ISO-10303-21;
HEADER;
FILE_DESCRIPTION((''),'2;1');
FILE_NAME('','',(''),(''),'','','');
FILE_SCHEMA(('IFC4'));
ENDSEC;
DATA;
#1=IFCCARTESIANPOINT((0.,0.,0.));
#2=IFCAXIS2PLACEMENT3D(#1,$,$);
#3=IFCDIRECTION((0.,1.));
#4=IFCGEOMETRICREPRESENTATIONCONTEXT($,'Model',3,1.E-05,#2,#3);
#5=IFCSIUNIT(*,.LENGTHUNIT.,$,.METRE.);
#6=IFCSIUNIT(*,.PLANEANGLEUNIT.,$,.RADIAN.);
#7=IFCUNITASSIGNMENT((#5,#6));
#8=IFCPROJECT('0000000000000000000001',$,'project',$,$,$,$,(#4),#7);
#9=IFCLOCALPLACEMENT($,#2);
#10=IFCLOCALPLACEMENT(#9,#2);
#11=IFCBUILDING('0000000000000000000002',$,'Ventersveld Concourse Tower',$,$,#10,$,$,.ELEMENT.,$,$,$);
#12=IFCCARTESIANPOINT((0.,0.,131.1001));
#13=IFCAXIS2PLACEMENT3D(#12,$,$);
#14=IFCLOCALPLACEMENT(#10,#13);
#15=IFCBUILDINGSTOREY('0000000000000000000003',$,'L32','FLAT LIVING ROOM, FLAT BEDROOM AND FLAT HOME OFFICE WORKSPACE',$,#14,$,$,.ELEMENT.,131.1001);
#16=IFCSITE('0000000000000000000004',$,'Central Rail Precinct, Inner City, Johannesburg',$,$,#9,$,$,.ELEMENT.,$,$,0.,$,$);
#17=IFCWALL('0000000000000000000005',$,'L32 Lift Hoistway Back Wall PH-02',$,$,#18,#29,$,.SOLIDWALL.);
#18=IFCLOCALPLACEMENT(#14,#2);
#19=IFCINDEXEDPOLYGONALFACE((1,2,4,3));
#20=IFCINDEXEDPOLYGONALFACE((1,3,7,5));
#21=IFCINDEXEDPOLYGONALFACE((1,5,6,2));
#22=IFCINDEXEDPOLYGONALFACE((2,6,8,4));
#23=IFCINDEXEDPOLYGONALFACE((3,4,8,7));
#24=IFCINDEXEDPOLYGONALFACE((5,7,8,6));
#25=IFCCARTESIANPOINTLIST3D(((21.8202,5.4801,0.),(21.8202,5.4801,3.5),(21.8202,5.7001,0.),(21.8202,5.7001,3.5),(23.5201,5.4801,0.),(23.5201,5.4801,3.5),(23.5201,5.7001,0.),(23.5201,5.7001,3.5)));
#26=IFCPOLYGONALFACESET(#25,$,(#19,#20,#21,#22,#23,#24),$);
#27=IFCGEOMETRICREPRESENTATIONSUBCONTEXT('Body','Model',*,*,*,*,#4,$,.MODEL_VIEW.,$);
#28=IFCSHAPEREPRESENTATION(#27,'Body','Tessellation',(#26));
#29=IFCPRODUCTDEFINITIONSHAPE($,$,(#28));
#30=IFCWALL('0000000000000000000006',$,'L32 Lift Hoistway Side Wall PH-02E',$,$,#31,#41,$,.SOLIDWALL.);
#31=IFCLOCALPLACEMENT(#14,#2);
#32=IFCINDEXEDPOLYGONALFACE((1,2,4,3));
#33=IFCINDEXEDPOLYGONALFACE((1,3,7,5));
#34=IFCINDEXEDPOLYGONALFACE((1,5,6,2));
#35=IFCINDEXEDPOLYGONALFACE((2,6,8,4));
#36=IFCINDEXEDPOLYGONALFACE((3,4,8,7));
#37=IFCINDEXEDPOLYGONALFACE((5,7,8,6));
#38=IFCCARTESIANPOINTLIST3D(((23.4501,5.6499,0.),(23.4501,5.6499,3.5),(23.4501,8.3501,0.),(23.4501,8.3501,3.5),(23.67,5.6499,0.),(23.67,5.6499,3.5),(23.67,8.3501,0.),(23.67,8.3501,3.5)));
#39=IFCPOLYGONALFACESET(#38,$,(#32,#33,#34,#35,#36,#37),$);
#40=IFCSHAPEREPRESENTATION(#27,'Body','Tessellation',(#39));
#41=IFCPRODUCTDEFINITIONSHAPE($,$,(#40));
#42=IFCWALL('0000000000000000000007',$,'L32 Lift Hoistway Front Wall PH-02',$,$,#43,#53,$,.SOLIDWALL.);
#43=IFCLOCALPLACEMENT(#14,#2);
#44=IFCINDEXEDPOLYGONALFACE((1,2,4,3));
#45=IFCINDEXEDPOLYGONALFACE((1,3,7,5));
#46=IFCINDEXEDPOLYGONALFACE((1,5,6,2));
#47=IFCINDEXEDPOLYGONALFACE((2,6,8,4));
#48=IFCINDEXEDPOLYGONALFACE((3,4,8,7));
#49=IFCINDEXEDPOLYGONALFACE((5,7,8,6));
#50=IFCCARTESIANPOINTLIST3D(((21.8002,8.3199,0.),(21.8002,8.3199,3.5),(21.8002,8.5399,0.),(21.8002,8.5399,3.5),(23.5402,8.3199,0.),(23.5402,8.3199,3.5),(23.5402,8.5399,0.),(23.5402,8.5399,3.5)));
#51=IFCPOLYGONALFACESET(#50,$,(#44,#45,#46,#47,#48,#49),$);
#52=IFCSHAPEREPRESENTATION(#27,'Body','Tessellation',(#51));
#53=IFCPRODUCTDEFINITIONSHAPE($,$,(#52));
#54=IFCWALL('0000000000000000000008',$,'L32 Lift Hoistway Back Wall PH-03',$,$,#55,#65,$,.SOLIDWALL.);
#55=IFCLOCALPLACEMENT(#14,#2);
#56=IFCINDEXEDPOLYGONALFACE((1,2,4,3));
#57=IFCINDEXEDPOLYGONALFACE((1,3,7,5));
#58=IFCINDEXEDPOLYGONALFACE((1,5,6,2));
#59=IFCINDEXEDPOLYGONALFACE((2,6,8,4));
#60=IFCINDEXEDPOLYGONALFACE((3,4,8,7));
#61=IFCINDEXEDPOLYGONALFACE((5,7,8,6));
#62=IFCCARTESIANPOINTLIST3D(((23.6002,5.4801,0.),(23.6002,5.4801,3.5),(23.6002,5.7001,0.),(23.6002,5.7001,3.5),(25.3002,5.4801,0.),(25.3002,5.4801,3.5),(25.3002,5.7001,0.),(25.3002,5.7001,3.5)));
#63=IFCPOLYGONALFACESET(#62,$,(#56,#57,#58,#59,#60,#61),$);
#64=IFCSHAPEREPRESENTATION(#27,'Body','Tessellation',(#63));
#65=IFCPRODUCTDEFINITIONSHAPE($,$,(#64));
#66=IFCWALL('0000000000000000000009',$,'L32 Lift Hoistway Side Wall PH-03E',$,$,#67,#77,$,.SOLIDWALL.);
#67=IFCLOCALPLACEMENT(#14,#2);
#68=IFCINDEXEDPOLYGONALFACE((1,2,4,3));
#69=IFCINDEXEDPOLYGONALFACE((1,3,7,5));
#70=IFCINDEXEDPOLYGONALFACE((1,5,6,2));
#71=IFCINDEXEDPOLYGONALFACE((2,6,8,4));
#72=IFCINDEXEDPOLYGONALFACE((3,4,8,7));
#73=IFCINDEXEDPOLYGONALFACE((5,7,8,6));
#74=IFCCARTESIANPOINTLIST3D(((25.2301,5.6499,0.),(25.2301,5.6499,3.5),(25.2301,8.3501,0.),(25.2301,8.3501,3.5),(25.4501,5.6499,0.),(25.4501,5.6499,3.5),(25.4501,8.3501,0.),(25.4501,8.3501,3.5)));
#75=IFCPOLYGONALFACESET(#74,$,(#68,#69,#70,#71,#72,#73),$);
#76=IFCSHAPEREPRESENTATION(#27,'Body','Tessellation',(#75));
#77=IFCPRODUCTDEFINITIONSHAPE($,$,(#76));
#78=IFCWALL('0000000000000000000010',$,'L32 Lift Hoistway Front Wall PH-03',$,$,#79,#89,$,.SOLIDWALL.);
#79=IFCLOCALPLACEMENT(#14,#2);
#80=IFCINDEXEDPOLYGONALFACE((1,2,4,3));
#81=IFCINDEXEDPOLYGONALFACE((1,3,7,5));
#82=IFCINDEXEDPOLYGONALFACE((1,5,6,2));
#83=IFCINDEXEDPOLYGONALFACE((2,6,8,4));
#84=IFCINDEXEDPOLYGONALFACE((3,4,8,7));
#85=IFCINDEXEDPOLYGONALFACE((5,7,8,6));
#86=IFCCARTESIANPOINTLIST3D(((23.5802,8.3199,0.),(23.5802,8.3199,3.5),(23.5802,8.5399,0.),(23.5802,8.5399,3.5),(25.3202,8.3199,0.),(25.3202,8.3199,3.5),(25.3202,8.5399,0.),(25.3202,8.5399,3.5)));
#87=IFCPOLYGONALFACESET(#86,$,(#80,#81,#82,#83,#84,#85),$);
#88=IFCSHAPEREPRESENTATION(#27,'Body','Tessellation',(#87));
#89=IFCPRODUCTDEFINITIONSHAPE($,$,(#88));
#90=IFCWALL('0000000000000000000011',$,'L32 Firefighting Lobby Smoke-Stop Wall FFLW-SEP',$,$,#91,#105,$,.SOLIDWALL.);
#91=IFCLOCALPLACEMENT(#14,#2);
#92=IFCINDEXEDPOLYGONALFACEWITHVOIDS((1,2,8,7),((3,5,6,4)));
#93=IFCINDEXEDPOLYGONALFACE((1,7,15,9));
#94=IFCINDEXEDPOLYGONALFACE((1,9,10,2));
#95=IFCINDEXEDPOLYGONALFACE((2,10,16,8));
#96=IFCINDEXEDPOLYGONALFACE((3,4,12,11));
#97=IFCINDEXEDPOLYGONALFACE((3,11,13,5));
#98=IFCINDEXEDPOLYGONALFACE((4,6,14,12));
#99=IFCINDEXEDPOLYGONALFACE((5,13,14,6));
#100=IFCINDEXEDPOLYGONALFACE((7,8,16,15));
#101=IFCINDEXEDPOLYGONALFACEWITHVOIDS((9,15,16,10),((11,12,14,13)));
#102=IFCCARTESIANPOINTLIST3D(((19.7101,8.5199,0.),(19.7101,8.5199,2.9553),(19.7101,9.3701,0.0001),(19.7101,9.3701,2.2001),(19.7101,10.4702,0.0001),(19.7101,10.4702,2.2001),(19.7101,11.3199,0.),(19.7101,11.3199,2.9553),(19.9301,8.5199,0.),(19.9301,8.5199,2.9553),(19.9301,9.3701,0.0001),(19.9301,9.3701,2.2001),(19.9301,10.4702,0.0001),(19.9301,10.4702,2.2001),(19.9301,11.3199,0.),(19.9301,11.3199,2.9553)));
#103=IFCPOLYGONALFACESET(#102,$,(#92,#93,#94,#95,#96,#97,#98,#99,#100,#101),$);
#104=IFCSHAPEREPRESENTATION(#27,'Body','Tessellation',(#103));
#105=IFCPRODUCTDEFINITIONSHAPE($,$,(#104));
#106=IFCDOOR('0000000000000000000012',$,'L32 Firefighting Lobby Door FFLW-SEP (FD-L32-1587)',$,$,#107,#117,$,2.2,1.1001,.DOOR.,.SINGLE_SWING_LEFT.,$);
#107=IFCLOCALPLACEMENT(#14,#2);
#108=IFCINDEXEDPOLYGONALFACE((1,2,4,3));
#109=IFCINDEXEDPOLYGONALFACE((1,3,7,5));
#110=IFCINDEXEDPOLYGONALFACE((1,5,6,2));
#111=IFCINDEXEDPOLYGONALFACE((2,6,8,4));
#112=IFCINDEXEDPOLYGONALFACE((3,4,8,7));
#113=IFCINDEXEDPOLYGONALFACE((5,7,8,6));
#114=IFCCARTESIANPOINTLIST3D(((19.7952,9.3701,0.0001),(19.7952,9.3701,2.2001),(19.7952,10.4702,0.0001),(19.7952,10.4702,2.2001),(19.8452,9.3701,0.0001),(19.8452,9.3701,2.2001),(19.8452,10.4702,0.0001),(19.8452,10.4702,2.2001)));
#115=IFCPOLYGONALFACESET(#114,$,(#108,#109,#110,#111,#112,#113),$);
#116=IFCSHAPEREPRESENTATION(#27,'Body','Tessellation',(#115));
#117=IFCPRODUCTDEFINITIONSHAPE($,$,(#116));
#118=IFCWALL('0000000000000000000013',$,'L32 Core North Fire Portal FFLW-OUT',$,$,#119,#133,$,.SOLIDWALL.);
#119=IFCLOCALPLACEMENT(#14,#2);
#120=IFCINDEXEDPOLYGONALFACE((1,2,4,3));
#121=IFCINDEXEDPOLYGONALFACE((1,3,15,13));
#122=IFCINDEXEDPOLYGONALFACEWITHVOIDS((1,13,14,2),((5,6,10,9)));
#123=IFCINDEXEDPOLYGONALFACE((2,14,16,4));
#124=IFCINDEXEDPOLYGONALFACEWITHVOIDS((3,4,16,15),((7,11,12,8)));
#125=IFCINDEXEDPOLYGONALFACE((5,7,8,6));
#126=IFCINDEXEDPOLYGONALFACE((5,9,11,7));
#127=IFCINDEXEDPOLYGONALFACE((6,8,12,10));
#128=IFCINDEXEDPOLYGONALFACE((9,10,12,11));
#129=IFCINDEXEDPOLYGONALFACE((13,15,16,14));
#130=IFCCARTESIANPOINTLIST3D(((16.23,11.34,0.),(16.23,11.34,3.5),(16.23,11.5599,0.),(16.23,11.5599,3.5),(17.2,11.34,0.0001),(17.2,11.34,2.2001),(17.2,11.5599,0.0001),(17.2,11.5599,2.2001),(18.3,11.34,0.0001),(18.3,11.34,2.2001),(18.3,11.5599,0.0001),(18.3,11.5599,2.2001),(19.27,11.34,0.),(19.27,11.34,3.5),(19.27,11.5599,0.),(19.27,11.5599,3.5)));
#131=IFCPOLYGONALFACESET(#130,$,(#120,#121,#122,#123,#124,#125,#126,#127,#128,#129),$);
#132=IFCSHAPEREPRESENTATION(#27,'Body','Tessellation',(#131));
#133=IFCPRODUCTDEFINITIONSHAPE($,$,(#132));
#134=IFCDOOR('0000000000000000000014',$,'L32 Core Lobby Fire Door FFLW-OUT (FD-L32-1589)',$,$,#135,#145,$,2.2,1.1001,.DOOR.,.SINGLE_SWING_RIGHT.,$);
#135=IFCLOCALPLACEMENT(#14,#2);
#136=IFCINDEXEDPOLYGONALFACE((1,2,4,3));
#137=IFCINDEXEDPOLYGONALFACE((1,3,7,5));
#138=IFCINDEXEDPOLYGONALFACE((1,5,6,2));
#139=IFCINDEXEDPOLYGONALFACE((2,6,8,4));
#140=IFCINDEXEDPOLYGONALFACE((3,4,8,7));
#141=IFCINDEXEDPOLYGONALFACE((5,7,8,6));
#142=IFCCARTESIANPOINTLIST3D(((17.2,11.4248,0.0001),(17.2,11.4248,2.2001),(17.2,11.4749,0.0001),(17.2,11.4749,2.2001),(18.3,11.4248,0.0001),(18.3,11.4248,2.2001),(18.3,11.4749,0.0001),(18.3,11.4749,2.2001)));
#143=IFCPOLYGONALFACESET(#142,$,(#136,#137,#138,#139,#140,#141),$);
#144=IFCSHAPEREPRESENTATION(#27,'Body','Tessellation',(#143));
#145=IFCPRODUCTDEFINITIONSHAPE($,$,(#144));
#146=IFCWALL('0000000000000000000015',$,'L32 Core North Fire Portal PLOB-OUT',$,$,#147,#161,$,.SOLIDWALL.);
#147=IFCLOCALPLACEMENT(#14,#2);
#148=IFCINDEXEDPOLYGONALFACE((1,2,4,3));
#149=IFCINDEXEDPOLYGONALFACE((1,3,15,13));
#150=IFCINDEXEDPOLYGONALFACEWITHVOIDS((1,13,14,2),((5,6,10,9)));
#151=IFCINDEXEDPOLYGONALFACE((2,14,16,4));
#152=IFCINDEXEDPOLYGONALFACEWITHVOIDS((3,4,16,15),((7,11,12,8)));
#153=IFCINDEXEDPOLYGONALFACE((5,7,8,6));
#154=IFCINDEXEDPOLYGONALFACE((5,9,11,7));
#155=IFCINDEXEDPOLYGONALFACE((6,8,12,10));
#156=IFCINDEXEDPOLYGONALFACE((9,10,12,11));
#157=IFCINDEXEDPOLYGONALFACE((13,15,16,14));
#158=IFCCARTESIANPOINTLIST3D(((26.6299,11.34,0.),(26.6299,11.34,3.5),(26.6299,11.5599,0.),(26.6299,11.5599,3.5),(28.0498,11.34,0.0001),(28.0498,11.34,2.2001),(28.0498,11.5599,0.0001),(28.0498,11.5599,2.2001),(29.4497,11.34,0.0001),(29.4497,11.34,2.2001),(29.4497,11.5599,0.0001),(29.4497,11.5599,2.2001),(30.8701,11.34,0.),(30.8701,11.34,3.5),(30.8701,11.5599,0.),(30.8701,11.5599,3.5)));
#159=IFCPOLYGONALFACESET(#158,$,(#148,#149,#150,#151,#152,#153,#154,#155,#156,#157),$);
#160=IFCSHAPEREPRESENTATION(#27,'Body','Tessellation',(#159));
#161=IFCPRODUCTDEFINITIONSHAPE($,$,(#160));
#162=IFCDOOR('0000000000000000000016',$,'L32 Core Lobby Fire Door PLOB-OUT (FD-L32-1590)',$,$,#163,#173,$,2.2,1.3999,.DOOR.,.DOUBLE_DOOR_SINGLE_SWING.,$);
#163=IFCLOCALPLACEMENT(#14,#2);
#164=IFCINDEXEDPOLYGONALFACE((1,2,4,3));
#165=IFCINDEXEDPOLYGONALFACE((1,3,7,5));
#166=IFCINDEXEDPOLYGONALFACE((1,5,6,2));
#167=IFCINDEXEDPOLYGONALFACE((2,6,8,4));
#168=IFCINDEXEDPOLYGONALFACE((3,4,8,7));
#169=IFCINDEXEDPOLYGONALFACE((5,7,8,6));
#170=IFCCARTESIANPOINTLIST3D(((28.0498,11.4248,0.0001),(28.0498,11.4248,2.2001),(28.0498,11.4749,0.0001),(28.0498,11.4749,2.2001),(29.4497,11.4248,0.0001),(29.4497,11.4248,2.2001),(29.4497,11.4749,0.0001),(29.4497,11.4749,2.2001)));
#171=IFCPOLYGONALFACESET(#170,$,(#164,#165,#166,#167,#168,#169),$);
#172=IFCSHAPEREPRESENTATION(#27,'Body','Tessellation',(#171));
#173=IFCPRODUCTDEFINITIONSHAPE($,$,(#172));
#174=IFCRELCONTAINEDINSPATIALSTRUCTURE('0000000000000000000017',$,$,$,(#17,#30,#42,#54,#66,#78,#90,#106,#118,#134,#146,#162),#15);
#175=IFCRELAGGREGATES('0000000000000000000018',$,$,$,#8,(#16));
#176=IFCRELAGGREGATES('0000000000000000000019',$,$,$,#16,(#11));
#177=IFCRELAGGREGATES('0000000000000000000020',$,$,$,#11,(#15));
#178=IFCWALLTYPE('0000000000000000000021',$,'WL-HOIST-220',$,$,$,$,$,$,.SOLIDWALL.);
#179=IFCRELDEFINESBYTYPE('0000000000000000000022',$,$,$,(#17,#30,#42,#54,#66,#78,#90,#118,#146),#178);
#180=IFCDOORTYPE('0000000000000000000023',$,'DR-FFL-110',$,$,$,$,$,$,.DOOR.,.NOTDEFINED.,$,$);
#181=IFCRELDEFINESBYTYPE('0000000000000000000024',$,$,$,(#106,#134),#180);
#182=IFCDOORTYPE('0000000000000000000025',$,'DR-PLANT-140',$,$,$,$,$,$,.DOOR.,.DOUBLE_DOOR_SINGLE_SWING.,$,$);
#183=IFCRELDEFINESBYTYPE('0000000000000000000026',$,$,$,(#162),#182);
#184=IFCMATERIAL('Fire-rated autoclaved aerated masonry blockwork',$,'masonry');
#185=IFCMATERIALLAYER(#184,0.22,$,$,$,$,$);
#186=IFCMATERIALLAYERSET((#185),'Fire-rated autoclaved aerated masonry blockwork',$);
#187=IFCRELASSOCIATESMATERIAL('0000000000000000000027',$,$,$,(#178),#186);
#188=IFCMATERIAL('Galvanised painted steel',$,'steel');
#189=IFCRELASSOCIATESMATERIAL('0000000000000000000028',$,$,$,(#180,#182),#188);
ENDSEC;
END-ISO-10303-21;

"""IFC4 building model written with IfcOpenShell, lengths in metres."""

from ifc_helpers import new_model, si_unit, direction, frame, frame_2d, origin, place, context, subcontext, project, spatial, rectangle, extrude, material, layer, layer_set, type_object, element, fill, save


model = new_model("IFC4")

# Units and contexts
model_context = context("Model", 3, precision=1e-05, world=origin(), true_north=direction((0.0, 1.0)))
body_context = subcontext(model_context, "Body", "Model", "MODEL_VIEW")
ifc_project = project(units=[si_unit("LENGTHUNIT", "METRE"), si_unit("PLANEANGLEUNIT", "RADIAN")], contexts=[model_context])

# Site, building, storey
site_placement = place(None, origin())
site = spatial("IfcSite", under=ifc_project, at=site_placement, Name="Central Rail Precinct, Inner City, Johannesburg", CompositionType="ELEMENT", RefElevation=0.0)
building_placement = place(site_placement, origin())
building = spatial("IfcBuilding", under=site, at=building_placement, Name="Ventersveld Concourse Tower", CompositionType="ELEMENT")
storey_placement = place(building_placement, frame((0.0, 0.0, 131.1001)))
storey = spatial("IfcBuildingStorey", under=building, at=storey_placement, Name="L32", Description="FLAT LIVING ROOM, FLAT BEDROOM AND FLAT HOME OFFICE WORKSPACE", CompositionType="ELEMENT", Elevation=131.1001)

# Shared definitions
ifc_material_1 = material(Name="Fire-rated autoclaved aerated masonry blockwork", Category="masonry")
ifc_layer_1 = layer(ifc_material_1, 0.22)
ifc_layer_set_1 = layer_set([ifc_layer_1], Name="Fire-rated autoclaved aerated masonry blockwork")
wall_type_1 = type_object("IfcWallType", Name="WL-HOIST-220", PredefinedType="SOLIDWALL", material=ifc_layer_set_1)

# Walls
wall_1_placement = place(storey_placement, frame((21.8201, 5.5901, 0.0), z_axis=(0.0, 0.0, 1.0), x_axis=(1.0, 0.0, 0.0)))
element("IfcWall", 1, at=wall_1_placement, inside=storey, type_object=wall_type_1, Name="L32 Lift Hoistway Back Wall PH-02", PredefinedType="SOLIDWALL", context=body_context, shape_type="SweptSolid", body=[
    extrude(rectangle(XDim=1.7, YDim=0.22, at=frame_2d((0.8501, 0.0))), origin(), (0.0, 0.0, 1.0), 3.5),
])
wall_2_placement = place(storey_placement, frame((23.5601, 5.6499, 0.0), z_axis=(0.0, 0.0, 1.0), x_axis=(0.0, 1.0, 0.0)))
element("IfcWall", 2, at=wall_2_placement, inside=storey, type_object=wall_type_1, Name="L32 Lift Hoistway Side Wall PH-02E", PredefinedType="SOLIDWALL", context=body_context, shape_type="SweptSolid", body=[
    extrude(rectangle(XDim=2.7002, YDim=0.22, at=frame_2d((1.3501, 0.0))), origin(), (0.0, 0.0, 1.0), 3.5),
])
wall_3_placement = place(storey_placement, frame((21.8, 8.4299, 0.0), z_axis=(0.0, 0.0, 1.0), x_axis=(1.0, 0.0, 0.0)))
element("IfcWall", 3, at=wall_3_placement, inside=storey, type_object=wall_type_1, Name="L32 Lift Hoistway Front Wall PH-02", PredefinedType="SOLIDWALL", context=body_context, shape_type="SweptSolid", body=[
    extrude(rectangle(XDim=1.74, YDim=0.22, at=frame_2d((0.8701, 0.0))), origin(), (0.0, 0.0, 1.0), 3.5),
])
wall_4_placement = place(storey_placement, frame((23.6001, 5.5901, 0.0), z_axis=(0.0, 0.0, 1.0), x_axis=(1.0, 0.0, 0.0)))
element("IfcWall", 4, at=wall_4_placement, inside=storey, type_object=wall_type_1, Name="L32 Lift Hoistway Back Wall PH-03", PredefinedType="SOLIDWALL", context=body_context, shape_type="SweptSolid", body=[
    extrude(rectangle(XDim=1.7, YDim=0.22, at=frame_2d((0.8501, 0.0))), origin(), (0.0, 0.0, 1.0), 3.5),
])
wall_5_placement = place(storey_placement, frame((25.3401, 5.6499, 0.0), z_axis=(0.0, 0.0, 1.0), x_axis=(0.0, 1.0, 0.0)))
element("IfcWall", 5, at=wall_5_placement, inside=storey, type_object=wall_type_1, Name="L32 Lift Hoistway Side Wall PH-03E", PredefinedType="SOLIDWALL", context=body_context, shape_type="SweptSolid", body=[
    extrude(rectangle(XDim=2.7002, YDim=0.22, at=frame_2d((1.3501, 0.0))), origin(), (0.0, 0.0, 1.0), 3.5),
])
wall_6_placement = place(storey_placement, frame((23.5801, 8.4299, 0.0), z_axis=(0.0, 0.0, 1.0), x_axis=(1.0, 0.0, 0.0)))
element("IfcWall", 6, at=wall_6_placement, inside=storey, type_object=wall_type_1, Name="L32 Lift Hoistway Front Wall PH-03", PredefinedType="SOLIDWALL", context=body_context, shape_type="SweptSolid", body=[
    extrude(rectangle(XDim=1.74, YDim=0.22, at=frame_2d((0.8701, 0.0))), origin(), (0.0, 0.0, 1.0), 3.5),
])

# Walls, openings, doors
wall_7_placement = place(storey_placement, frame((19.8201, 8.52, 0.0), z_axis=(0.0, 0.0, 1.0), x_axis=(0.0, 1.0, 0.0)))
wall_7 = element("IfcWall", 7, at=wall_7_placement, inside=storey, type_object=wall_type_1, Name="L32 Firefighting Lobby Smoke-Stop Wall FFLW-SEP", PredefinedType="SOLIDWALL", context=body_context, shape_type="SweptSolid", body=[
    extrude(rectangle(XDim=2.8, YDim=0.22, at=frame_2d((1.3999, 0.0))), origin(), (0.0, 0.0, 1.0), 2.9553),
])
opening_1_placement = place(wall_7_placement, frame((0.8501, 0.0, 0.0)))
opening_1 = element("IfcOpeningElement", 8, at=opening_1_placement, cuts=wall_7, PredefinedType="OPENING", context=body_context, shape_type="SweptSolid", body=[
    extrude(rectangle(XDim=1.1001, YDim=2.2, at=frame_2d((0.55, 1.1001))), frame((0.0, 0.1201, 0.0), z_axis=(0.0, -1.0, 0.0), x_axis=(1.0, 0.0, 0.0)), (0.0, 0.0, 1.0), 0.24),
])
ifc_material_2 = material(Name="Galvanised painted steel", Category="steel")
door_type_1 = type_object("IfcDoorType", Name="DR-FFL-110", OperationType="NOTDEFINED", PredefinedType="DOOR", material=ifc_material_2)
door_1_placement = place(opening_1_placement, origin())
door_1 = element("IfcDoor", 9, at=door_1_placement, inside=storey, type_object=door_type_1, Name="L32 Firefighting Lobby Door FFLW-SEP (FD-L32-1587)", OperationType="SINGLE_SWING_LEFT", OverallHeight=2.2, OverallWidth=1.1001, PredefinedType="DOOR", context=body_context, shape_type="SweptSolid", body=[
    extrude(rectangle(XDim=1.1001, YDim=2.2, at=frame_2d((0.55, 1.1001))), frame((0.0, 0.0249, 0.0), z_axis=(0.0, -1.0, 0.0), x_axis=(1.0, 0.0, 0.0)), (0.0, 0.0, 1.0), 0.05),
])
fill(opening_1, door_1)
wall_8_placement = place(storey_placement, frame((16.23, 11.45, 0.0), z_axis=(0.0, 0.0, 1.0), x_axis=(1.0, 0.0, 0.0)))
wall_8 = element("IfcWall", 10, at=wall_8_placement, inside=storey, type_object=wall_type_1, Name="L32 Core North Fire Portal FFLW-OUT", PredefinedType="SOLIDWALL", context=body_context, shape_type="SweptSolid", body=[
    extrude(rectangle(XDim=3.04, YDim=0.22, at=frame_2d((1.52, 0.0))), origin(), (0.0, 0.0, 1.0), 3.5),
])
opening_2_placement = place(wall_8_placement, frame((0.97, 0.0, 0.0)))
opening_2 = element("IfcOpeningElement", 11, at=opening_2_placement, cuts=wall_8, PredefinedType="OPENING", context=body_context, shape_type="SweptSolid", body=[
    extrude(rectangle(XDim=1.1001, YDim=2.2, at=frame_2d((0.55, 1.1001))), frame((0.0, 0.1201, 0.0), z_axis=(0.0, -1.0, 0.0), x_axis=(1.0, 0.0, 0.0)), (0.0, 0.0, 1.0), 0.24),
])
door_2_placement = place(opening_2_placement, origin())
door_2 = element("IfcDoor", 12, at=door_2_placement, inside=storey, type_object=door_type_1, Name="L32 Core Lobby Fire Door FFLW-OUT (FD-L32-1589)", OperationType="SINGLE_SWING_RIGHT", OverallHeight=2.2, OverallWidth=1.1001, PredefinedType="DOOR", context=body_context, shape_type="SweptSolid", body=[
    extrude(rectangle(XDim=1.1001, YDim=2.2, at=frame_2d((0.55, 1.1001))), frame((0.0, 0.0249, 0.0), z_axis=(0.0, -1.0, 0.0), x_axis=(1.0, 0.0, 0.0)), (0.0, 0.0, 1.0), 0.05),
])
fill(opening_2, door_2)
wall_9_placement = place(storey_placement, frame((26.6299, 11.45, 0.0), z_axis=(0.0, 0.0, 1.0), x_axis=(1.0, 0.0, 0.0)))
wall_9 = element("IfcWall", 13, at=wall_9_placement, inside=storey, type_object=wall_type_1, Name="L32 Core North Fire Portal PLOB-OUT", PredefinedType="SOLIDWALL", context=body_context, shape_type="SweptSolid", body=[
    extrude(rectangle(XDim=4.2402, YDim=0.22, at=frame_2d((2.1201, 0.0))), origin(), (0.0, 0.0, 1.0), 3.5),
])
opening_3_placement = place(wall_9_placement, frame((1.4199, 0.0, 0.0)))
opening_3 = element("IfcOpeningElement", 14, at=opening_3_placement, cuts=wall_9, PredefinedType="OPENING", context=body_context, shape_type="SweptSolid", body=[
    extrude(rectangle(XDim=1.3999, YDim=2.2, at=frame_2d((0.7, 1.1001))), frame((0.0, 0.1201, 0.0), z_axis=(0.0, -1.0, 0.0), x_axis=(1.0, 0.0, 0.0)), (0.0, 0.0, 1.0), 0.24),
])
door_type_2 = type_object("IfcDoorType", Name="DR-PLANT-140", OperationType="DOUBLE_DOOR_SINGLE_SWING", PredefinedType="DOOR", material=ifc_material_2)
door_3_placement = place(opening_3_placement, origin())
door_3 = element("IfcDoor", 15, at=door_3_placement, inside=storey, type_object=door_type_2, Name="L32 Core Lobby Fire Door PLOB-OUT (FD-L32-1590)", OperationType="DOUBLE_DOOR_SINGLE_SWING", OverallHeight=2.2, OverallWidth=1.3999, PredefinedType="DOOR", context=body_context, shape_type="SweptSolid", body=[
    extrude(rectangle(XDim=1.3999, YDim=2.2, at=frame_2d((0.7, 1.1001))), frame((0.0, 0.0249, 0.0), z_axis=(0.0, -1.0, 0.0), x_axis=(1.0, 0.0, 0.0)), (0.0, 0.0, 1.0), 0.05),
])
fill(opening_3, door_3)

save(model, "model.ifc")
